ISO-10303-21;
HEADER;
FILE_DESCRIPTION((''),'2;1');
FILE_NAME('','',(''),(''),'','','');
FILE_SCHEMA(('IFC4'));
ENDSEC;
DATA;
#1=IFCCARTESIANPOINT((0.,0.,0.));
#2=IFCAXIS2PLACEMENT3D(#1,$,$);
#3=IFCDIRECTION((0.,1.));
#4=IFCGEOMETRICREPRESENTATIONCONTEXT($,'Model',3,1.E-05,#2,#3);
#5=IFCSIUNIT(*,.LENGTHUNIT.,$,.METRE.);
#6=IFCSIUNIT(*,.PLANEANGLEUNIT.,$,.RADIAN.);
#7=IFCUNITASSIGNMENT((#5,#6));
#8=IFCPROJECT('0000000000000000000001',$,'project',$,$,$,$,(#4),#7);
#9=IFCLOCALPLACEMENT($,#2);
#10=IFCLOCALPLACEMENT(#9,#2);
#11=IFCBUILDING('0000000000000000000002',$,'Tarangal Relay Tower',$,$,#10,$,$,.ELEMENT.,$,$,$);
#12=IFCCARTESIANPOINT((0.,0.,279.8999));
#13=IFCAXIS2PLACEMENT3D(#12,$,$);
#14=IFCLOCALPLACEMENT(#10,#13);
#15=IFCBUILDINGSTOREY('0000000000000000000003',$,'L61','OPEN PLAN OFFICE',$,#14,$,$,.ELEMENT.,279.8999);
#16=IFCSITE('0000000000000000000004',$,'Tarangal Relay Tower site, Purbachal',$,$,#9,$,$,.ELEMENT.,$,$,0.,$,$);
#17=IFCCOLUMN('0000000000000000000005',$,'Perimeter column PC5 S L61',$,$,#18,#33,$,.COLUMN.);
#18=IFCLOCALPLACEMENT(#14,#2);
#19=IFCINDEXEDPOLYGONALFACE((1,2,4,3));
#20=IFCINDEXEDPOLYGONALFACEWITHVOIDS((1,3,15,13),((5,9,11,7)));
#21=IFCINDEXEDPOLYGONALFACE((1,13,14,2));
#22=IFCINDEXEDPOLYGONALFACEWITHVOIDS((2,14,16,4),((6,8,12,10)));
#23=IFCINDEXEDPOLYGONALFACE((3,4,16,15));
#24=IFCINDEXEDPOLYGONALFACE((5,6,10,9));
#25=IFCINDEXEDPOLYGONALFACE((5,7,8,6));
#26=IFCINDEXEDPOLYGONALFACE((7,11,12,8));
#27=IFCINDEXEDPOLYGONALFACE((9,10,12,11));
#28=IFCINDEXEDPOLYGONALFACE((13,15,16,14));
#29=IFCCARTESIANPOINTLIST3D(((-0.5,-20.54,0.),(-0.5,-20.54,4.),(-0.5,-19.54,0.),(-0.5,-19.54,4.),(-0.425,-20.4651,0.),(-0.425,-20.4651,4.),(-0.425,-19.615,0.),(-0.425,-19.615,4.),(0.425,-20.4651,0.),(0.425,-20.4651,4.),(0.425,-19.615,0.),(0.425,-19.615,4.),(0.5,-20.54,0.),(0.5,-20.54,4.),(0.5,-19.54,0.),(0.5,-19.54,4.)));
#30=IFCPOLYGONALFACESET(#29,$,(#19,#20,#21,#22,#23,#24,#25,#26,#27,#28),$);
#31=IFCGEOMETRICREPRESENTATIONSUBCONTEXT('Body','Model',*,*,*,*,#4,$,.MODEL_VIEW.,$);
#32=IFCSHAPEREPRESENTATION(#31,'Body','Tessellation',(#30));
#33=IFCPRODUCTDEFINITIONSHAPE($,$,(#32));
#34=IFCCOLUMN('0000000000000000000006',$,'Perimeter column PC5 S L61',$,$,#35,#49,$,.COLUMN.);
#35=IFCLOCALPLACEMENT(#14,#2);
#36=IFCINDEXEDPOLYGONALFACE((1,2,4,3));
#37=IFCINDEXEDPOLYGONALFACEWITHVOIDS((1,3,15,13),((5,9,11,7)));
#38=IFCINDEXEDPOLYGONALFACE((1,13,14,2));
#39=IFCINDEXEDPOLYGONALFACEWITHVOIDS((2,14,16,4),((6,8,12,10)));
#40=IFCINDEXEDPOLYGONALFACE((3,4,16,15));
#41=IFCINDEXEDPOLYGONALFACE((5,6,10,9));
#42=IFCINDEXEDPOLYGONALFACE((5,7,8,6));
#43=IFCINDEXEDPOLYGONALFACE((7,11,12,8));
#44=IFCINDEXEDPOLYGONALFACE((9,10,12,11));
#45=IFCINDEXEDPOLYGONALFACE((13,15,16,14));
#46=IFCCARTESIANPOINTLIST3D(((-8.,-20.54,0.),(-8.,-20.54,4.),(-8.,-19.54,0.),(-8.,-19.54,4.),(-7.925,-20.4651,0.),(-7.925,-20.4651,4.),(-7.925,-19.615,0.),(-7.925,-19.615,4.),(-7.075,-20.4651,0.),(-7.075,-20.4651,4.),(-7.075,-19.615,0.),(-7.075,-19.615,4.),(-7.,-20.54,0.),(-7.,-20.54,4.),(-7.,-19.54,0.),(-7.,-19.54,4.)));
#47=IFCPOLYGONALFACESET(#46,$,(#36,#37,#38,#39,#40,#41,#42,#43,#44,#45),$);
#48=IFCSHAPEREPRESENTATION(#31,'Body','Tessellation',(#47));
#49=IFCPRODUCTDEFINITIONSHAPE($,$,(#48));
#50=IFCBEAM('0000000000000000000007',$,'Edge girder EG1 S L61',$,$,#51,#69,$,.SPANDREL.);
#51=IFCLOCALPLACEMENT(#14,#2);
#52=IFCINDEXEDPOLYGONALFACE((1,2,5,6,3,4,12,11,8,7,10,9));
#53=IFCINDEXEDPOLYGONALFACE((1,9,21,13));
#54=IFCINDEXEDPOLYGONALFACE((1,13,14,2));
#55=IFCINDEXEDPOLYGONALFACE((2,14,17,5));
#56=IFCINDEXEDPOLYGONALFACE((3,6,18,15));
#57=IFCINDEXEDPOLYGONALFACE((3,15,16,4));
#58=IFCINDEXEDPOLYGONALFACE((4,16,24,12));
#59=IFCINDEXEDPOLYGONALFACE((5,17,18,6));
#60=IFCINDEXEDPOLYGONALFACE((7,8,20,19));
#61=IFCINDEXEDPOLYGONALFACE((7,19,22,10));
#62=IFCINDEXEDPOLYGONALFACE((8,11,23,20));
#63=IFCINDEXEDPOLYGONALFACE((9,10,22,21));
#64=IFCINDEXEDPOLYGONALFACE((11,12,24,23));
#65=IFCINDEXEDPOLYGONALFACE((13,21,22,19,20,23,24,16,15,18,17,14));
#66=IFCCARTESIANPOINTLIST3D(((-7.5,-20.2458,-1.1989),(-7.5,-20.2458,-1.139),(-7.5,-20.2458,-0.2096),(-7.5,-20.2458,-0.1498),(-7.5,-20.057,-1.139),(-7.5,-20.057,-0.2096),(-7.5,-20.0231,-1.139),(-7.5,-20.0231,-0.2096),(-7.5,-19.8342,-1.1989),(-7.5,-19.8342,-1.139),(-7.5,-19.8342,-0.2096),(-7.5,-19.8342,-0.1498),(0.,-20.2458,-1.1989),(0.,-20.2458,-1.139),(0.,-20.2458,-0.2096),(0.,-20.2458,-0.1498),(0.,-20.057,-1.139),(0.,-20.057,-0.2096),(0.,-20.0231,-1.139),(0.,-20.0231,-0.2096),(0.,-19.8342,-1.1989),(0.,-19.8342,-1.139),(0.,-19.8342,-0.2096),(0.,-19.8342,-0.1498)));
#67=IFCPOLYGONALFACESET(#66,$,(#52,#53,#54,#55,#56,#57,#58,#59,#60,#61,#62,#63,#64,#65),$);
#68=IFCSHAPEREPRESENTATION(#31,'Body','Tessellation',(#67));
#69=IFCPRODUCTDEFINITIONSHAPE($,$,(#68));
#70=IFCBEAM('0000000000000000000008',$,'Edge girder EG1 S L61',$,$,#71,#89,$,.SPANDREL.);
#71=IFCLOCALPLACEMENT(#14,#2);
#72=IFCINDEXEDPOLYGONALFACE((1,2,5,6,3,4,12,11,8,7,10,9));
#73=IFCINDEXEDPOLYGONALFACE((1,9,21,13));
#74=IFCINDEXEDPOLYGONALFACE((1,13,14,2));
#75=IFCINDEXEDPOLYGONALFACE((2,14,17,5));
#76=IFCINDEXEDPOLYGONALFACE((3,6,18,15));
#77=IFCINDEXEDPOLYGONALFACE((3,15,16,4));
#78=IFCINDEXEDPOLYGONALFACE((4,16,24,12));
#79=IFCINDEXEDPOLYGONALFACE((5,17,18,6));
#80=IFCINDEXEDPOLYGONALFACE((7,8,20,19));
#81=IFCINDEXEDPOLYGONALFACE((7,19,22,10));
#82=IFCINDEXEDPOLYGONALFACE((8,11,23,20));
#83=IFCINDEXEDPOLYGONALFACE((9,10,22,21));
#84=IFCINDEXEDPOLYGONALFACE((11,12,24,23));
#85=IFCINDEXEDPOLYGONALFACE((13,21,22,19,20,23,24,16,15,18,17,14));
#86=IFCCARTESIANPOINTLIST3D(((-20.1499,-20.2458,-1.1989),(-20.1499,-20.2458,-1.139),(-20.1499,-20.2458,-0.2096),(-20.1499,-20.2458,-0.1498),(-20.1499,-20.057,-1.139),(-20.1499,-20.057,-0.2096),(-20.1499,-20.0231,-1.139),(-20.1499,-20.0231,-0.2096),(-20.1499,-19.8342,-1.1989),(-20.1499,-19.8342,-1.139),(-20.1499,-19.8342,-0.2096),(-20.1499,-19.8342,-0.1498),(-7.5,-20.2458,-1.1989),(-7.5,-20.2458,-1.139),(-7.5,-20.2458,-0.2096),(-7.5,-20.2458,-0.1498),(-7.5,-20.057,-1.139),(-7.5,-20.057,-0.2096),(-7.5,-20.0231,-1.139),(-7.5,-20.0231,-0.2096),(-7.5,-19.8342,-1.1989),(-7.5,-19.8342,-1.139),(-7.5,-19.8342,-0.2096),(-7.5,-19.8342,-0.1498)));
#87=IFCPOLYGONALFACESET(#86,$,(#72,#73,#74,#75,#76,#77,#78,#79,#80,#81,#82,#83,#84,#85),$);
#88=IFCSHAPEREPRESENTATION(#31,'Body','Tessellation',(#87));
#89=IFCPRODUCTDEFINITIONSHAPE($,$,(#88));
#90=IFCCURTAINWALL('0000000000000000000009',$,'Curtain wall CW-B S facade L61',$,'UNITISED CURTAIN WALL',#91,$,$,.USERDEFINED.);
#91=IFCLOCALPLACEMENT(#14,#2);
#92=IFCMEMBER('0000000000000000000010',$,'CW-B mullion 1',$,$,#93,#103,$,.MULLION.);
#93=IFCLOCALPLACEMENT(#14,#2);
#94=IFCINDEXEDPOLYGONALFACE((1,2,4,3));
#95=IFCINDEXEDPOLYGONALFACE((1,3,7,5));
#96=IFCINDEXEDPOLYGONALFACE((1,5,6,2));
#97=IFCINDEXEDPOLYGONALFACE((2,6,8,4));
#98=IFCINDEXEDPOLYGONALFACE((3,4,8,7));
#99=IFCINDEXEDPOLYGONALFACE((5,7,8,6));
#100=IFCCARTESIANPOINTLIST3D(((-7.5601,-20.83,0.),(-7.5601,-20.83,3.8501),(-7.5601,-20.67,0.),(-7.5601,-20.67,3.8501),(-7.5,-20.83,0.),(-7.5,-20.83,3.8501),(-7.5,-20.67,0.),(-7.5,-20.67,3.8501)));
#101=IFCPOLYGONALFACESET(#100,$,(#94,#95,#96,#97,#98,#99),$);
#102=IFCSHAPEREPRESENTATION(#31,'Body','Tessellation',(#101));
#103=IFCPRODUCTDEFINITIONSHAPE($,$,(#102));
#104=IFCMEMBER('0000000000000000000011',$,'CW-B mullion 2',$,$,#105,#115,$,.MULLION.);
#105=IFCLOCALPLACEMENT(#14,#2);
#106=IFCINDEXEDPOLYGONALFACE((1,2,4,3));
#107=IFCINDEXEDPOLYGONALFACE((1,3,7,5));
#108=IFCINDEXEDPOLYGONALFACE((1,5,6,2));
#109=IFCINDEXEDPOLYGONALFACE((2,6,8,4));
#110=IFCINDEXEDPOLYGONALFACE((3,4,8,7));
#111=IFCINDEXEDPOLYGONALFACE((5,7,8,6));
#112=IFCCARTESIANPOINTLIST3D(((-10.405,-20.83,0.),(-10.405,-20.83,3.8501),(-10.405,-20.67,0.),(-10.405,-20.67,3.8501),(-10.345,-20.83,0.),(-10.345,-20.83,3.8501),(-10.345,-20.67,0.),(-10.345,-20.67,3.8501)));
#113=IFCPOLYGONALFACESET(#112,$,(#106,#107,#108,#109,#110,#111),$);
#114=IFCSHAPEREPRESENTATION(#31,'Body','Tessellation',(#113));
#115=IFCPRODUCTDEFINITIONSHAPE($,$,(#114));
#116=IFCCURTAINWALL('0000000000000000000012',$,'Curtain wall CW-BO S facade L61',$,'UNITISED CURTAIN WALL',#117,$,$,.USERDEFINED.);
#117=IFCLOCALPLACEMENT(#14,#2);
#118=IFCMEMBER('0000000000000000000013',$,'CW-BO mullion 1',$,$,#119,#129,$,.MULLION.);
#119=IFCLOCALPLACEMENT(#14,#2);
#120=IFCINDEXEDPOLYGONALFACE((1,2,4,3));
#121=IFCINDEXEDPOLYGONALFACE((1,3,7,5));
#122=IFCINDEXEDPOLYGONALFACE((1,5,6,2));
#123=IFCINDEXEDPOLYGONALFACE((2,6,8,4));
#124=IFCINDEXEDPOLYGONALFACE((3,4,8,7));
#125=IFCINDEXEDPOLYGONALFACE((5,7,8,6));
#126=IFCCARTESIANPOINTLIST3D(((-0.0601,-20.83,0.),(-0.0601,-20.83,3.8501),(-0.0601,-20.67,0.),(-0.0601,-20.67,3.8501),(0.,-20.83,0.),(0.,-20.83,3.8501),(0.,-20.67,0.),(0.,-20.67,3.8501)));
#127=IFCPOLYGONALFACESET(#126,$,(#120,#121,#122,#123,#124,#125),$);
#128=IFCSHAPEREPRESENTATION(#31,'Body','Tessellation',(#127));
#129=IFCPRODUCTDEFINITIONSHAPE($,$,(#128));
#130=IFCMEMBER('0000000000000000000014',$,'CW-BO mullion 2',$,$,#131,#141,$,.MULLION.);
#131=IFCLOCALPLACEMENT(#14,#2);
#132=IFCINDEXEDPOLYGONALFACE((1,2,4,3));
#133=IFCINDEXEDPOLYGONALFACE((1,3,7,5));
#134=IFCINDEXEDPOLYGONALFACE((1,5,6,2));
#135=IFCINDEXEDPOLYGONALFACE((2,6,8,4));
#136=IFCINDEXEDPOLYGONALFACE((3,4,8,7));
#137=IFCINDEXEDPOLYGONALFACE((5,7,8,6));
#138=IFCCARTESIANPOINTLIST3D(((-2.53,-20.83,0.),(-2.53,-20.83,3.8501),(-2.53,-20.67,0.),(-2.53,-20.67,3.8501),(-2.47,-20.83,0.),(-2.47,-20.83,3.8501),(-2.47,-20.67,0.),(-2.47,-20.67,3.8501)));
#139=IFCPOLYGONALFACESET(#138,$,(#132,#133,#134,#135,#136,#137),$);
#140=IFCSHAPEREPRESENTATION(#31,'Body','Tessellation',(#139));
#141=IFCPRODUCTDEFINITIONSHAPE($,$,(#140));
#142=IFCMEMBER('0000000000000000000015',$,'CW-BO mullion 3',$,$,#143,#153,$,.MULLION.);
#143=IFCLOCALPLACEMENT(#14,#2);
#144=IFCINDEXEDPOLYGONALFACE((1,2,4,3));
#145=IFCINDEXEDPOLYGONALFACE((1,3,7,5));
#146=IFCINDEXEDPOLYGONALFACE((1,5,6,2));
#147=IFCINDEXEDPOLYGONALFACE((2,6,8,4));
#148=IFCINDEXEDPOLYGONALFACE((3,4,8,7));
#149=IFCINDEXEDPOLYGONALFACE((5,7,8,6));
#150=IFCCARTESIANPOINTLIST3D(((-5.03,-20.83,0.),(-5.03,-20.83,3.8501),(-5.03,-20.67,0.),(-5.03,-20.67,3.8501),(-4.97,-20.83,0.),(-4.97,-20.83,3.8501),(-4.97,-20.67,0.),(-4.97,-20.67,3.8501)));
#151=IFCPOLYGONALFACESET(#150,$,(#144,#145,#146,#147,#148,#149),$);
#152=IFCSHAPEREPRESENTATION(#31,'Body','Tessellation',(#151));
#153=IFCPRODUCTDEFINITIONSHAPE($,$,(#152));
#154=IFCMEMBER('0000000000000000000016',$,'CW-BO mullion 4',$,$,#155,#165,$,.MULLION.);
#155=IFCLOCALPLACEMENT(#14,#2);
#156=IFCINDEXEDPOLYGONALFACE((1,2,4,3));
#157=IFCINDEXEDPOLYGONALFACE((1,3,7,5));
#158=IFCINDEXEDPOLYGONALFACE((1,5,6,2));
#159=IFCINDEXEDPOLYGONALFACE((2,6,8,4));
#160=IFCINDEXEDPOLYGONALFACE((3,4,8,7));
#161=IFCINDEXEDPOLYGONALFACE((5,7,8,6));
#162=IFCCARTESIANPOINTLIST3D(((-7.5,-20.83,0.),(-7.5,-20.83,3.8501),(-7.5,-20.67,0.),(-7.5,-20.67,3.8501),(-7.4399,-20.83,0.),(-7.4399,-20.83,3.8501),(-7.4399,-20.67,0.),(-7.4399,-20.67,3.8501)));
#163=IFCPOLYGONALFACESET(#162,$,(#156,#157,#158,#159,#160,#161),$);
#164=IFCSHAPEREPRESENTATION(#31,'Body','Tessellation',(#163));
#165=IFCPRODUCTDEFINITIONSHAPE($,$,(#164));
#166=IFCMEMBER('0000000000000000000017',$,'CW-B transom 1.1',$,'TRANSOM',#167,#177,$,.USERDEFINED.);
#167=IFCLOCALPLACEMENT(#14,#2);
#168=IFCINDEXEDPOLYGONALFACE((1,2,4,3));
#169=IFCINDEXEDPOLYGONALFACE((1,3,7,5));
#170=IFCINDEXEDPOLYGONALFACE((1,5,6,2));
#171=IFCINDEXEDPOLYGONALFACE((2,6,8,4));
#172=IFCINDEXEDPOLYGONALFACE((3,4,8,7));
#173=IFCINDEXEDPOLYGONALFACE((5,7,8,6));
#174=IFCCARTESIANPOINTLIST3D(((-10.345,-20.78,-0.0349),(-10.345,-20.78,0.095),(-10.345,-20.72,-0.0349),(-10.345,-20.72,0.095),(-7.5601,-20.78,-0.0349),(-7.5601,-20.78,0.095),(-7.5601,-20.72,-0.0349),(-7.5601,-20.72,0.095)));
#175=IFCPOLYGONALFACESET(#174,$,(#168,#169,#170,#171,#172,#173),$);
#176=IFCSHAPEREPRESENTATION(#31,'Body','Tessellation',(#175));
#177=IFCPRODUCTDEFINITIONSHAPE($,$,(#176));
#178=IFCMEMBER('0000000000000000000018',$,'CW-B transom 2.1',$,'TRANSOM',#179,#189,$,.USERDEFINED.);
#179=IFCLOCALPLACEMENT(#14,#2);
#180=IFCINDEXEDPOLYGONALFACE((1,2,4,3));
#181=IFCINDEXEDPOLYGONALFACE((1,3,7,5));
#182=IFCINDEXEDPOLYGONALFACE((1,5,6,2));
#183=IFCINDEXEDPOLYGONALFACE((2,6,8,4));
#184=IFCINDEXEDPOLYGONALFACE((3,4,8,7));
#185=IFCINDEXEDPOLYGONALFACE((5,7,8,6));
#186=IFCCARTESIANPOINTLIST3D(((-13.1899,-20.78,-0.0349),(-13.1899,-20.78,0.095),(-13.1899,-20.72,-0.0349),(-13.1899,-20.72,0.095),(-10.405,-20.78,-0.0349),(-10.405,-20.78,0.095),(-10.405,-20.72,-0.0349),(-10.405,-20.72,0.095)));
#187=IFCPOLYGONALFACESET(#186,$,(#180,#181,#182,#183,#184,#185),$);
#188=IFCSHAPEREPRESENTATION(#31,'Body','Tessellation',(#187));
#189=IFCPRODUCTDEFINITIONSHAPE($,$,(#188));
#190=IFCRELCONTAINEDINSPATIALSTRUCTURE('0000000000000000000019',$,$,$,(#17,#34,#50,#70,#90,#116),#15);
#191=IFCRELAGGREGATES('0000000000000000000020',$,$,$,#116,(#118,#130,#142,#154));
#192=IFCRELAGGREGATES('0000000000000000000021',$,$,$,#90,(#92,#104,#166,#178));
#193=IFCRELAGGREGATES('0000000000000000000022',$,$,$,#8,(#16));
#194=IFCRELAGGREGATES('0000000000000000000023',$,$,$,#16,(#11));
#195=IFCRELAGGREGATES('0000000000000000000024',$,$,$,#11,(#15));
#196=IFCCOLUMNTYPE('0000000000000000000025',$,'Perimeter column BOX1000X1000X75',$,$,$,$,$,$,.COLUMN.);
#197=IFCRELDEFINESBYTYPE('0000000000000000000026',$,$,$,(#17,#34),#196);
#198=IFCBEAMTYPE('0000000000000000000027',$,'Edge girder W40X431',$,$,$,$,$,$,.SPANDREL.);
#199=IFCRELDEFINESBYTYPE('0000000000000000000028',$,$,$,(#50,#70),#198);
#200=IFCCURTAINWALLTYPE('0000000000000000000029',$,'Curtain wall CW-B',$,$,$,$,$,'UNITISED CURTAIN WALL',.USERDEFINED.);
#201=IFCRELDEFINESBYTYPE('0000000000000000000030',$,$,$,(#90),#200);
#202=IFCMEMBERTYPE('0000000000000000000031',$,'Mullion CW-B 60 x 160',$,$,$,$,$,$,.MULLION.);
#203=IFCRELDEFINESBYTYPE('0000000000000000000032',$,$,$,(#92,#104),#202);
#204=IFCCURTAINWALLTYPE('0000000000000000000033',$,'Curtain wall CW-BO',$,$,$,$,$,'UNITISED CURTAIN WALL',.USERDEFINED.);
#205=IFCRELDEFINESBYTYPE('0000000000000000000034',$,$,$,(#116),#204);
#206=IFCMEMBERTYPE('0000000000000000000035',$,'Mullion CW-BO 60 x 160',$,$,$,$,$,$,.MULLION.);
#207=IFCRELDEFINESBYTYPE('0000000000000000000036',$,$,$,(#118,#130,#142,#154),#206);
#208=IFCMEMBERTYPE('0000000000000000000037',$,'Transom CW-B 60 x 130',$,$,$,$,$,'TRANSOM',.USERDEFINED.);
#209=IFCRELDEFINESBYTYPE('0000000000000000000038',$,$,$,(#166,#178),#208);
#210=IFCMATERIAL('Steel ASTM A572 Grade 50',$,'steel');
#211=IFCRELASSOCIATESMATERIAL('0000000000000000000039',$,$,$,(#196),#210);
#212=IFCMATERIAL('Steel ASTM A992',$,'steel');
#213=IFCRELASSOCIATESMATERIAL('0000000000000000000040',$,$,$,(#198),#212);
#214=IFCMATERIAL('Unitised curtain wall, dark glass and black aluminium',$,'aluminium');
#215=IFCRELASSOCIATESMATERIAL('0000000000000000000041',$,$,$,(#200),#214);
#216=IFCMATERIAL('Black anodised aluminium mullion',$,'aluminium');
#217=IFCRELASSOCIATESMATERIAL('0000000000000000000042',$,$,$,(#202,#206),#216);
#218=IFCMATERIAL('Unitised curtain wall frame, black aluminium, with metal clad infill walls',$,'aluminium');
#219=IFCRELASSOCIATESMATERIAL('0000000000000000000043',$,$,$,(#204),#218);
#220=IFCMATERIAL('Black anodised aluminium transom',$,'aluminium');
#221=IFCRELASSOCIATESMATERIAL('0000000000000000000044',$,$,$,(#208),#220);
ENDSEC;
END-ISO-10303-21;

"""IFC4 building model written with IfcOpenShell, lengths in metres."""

from ifc_helpers import new_model, si_unit, direction, frame, origin, origin_2d, place, context, subcontext, project, spatial, rectangle, hollow_rectangle, i_section, extrude, material, material_profile, profile_set, type_object, element, aggregate, save


model = new_model("IFC4")

# Units and contexts
model_context = context("Model", 3, precision=1e-05, world=origin(), true_north=direction((0.0, 1.0)))
body_context = subcontext(model_context, "Body", "Model", "MODEL_VIEW")
ifc_project = project(units=[si_unit("LENGTHUNIT", "METRE"), si_unit("PLANEANGLEUNIT", "RADIAN")], contexts=[model_context])

# Site, building, storey
site_placement = place(None, origin())
site = spatial("IfcSite", under=ifc_project, at=site_placement, Name="Tarangal Relay Tower site, Purbachal", CompositionType="ELEMENT", RefElevation=0.0)
building_placement = place(site_placement, origin())
building = spatial("IfcBuilding", under=site, at=building_placement, Name="Tarangal Relay Tower", CompositionType="ELEMENT")
storey_placement = place(building_placement, frame((0.0, 0.0, 279.8999)))
storey = spatial("IfcBuildingStorey", under=building, at=storey_placement, Name="L61", Description="OPEN PLAN OFFICE", CompositionType="ELEMENT", Elevation=279.8999)

# Columns
ifc_material_1 = material(Name="Steel ASTM A572 Grade 50", Category="steel")
ifc_material_profile_1 = material_profile(ifc_material_1, hollow_rectangle(XDim=1.0, YDim=1.0, WallThickness=0.075, at=origin_2d()), Name="BOX1000X1000X75")
ifc_profile_set_1 = profile_set([ifc_material_profile_1], Name="Steel ASTM A572 Grade 50")
column_type = type_object("IfcColumnType", Name="Perimeter column BOX1000X1000X75", PredefinedType="COLUMN", material=ifc_profile_set_1)
for number, where, z_axis, x_axis, name in (
    (1, (0.0, -20.04, 0.0), (0.0, 0.0, 1.0), (1.0, 0.0, 0.0), "Perimeter column PC5 S L61"),
    (2, (-7.5, -20.04, 0.0), (0.0, 0.0, 1.0), (1.0, 0.0, 0.0), "Perimeter column PC5 S L61"),
):
    element("IfcColumn", number, at=place(storey_placement, frame(where, z_axis=z_axis, x_axis=x_axis)), inside=storey, type_object=column_type, Name=name, PredefinedType="COLUMN", context=body_context, shape_type="SweptSolid", body=[
        extrude(hollow_rectangle(XDim=1.0, YDim=1.0, WallThickness=0.075, at=origin_2d()), origin(), (0.0, 0.0, 1.0), 4.0),
    ])

# Beams
ifc_material_2 = material(Name="Steel ASTM A992", Category="steel")
ifc_material_profile_2 = material_profile(ifc_material_2, i_section(OverallWidth=0.4116, OverallDepth=1.0491, WebThickness=0.0339, FlangeThickness=0.0598, at=origin_2d()), Name="W40X431")
ifc_profile_set_2 = profile_set([ifc_material_profile_2], Name="Steel ASTM A992")
beam_type = type_object("IfcBeamType", Name="Edge girder W40X431", PredefinedType="SPANDREL", material=ifc_profile_set_2)
beam_1_placement = place(storey_placement, frame((0.0, -20.04, -0.6743), z_axis=(-1.0, 0.0, 0.0), x_axis=(0.0, -1.0, 0.0)))
element("IfcBeam", 3, at=beam_1_placement, inside=storey, type_object=beam_type, Name="Edge girder EG1 S L61", PredefinedType="SPANDREL", context=body_context, shape_type="SweptSolid", body=[
    extrude(i_section(OverallWidth=0.4116, OverallDepth=1.0491, WebThickness=0.0339, FlangeThickness=0.0598, at=origin_2d()), origin(), (0.0, 0.0, 1.0), 7.5),
])
beam_2_placement = place(storey_placement, frame((-7.5, -20.04, -0.6743), z_axis=(-1.0, 0.0, 0.0), x_axis=(0.0, -1.0, 0.0)))
element("IfcBeam", 4, at=beam_2_placement, inside=storey, type_object=beam_type, Name="Edge girder EG1 S L61", PredefinedType="SPANDREL", context=body_context, shape_type="SweptSolid", body=[
    extrude(i_section(OverallWidth=0.4116, OverallDepth=1.0491, WebThickness=0.0339, FlangeThickness=0.0598, at=origin_2d()), origin(), (0.0, 0.0, 1.0), 12.6499),
])

# Curtain walls, members
ifc_material_3 = material(Name="Unitised curtain wall, dark glass and black aluminium", Category="aluminium")
curtain_wall_type_1 = type_object("IfcCurtainWallType", Name="Curtain wall CW-B", ElementType="UNITISED CURTAIN WALL", PredefinedType="USERDEFINED", material=ifc_material_3)
curtain_wall_1_placement = place(storey_placement, origin())
curtain_wall_1 = element("IfcCurtainWall", 5, at=curtain_wall_1_placement, inside=storey, type_object=curtain_wall_type_1, Name="Curtain wall CW-B S facade L61", ObjectType="UNITISED CURTAIN WALL", PredefinedType="USERDEFINED")
ifc_material_4 = material(Name="Black anodised aluminium mullion", Category="aluminium")
ifc_material_profile_3 = material_profile(ifc_material_4, rectangle(XDim=0.1599, YDim=0.0601, at=origin_2d()), Name="CW-BM 60X160")
ifc_profile_set_3 = profile_set([ifc_material_profile_3], Name="Black anodised aluminium mullion")
member_type_1 = type_object("IfcMemberType", Name="Mullion CW-B 60 x 160", PredefinedType="MULLION", material=ifc_profile_set_3)
member_1_placement = place(storey_placement, frame((-7.53, -20.75, 0.0), z_axis=(0.0, 0.0, 1.0), x_axis=(0.0, -1.0, 0.0)))
member_1 = element("IfcMember", 6, at=member_1_placement, type_object=member_type_1, Name="CW-B mullion 1", PredefinedType="MULLION", context=body_context, shape_type="SweptSolid", body=[
    extrude(rectangle(XDim=0.1599, YDim=0.0601, at=origin_2d()), origin(), (0.0, 0.0, 1.0), 3.8501),
])
member_2_placement = place(storey_placement, frame((-10.375, -20.75, 0.0), z_axis=(0.0, 0.0, 1.0), x_axis=(0.0, -1.0, 0.0)))
member_2 = element("IfcMember", 7, at=member_2_placement, type_object=member_type_1, Name="CW-B mullion 2", PredefinedType="MULLION", context=body_context, shape_type="SweptSolid", body=[
    extrude(rectangle(XDim=0.1599, YDim=0.0601, at=origin_2d()), origin(), (0.0, 0.0, 1.0), 3.8501),
])
ifc_material_5 = material(Name="Unitised curtain wall frame, black aluminium, with metal clad infill walls", Category="aluminium")
curtain_wall_type_2 = type_object("IfcCurtainWallType", Name="Curtain wall CW-BO", ElementType="UNITISED CURTAIN WALL", PredefinedType="USERDEFINED", material=ifc_material_5)
curtain_wall_2_placement = place(storey_placement, origin())
curtain_wall_2 = element("IfcCurtainWall", 8, at=curtain_wall_2_placement, inside=storey, type_object=curtain_wall_type_2, Name="Curtain wall CW-BO S facade L61", ObjectType="UNITISED CURTAIN WALL", PredefinedType="USERDEFINED")
ifc_material_profile_4 = material_profile(ifc_material_4, rectangle(XDim=0.1599, YDim=0.0601, at=origin_2d()), Name="CW-BOM 60X160")
ifc_profile_set_4 = profile_set([ifc_material_profile_4], Name="Black anodised aluminium mullion")
member_type_2 = type_object("IfcMemberType", Name="Mullion CW-BO 60 x 160", PredefinedType="MULLION", material=ifc_profile_set_4)
member_3_placement = place(storey_placement, frame((-0.03, -20.75, 0.0), z_axis=(0.0, 0.0, 1.0), x_axis=(0.0, -1.0, 0.0)))
member_3 = element("IfcMember", 9, at=member_3_placement, type_object=member_type_2, Name="CW-BO mullion 1", PredefinedType="MULLION", context=body_context, shape_type="SweptSolid", body=[
    extrude(rectangle(XDim=0.1599, YDim=0.0601, at=origin_2d()), origin(), (0.0, 0.0, 1.0), 3.8501),
])
member_4_placement = place(storey_placement, frame((-2.5, -20.75, 0.0), z_axis=(0.0, 0.0, 1.0), x_axis=(0.0, -1.0, 0.0)))
member_4 = element("IfcMember", 10, at=member_4_placement, type_object=member_type_2, Name="CW-BO mullion 2", PredefinedType="MULLION", context=body_context, shape_type="SweptSolid", body=[
    extrude(rectangle(XDim=0.1599, YDim=0.0601, at=origin_2d()), origin(), (0.0, 0.0, 1.0), 3.8501),
])
member_5_placement = place(storey_placement, frame((-5.0, -20.75, 0.0), z_axis=(0.0, 0.0, 1.0), x_axis=(0.0, -1.0, 0.0)))
member_5 = element("IfcMember", 11, at=member_5_placement, type_object=member_type_2, Name="CW-BO mullion 3", PredefinedType="MULLION", context=body_context, shape_type="SweptSolid", body=[
    extrude(rectangle(XDim=0.1599, YDim=0.0601, at=origin_2d()), origin(), (0.0, 0.0, 1.0), 3.8501),
])
member_6_placement = place(storey_placement, frame((-7.47, -20.75, 0.0), z_axis=(0.0, 0.0, 1.0), x_axis=(0.0, -1.0, 0.0)))
member_6 = element("IfcMember", 12, at=member_6_placement, type_object=member_type_2, Name="CW-BO mullion 4", PredefinedType="MULLION", context=body_context, shape_type="SweptSolid", body=[
    extrude(rectangle(XDim=0.1599, YDim=0.0601, at=origin_2d()), origin(), (0.0, 0.0, 1.0), 3.8501),
])

# Members
ifc_material_6 = material(Name="Black anodised aluminium transom", Category="aluminium")
ifc_material_profile_5 = material_profile(ifc_material_6, rectangle(XDim=0.0601, YDim=0.1299, at=origin_2d()), Name="CW-BT 60X130")
ifc_profile_set_5 = profile_set([ifc_material_profile_5], Name="Black anodised aluminium transom")
member_type_3 = type_object("IfcMemberType", Name="Transom CW-B 60 x 130", ElementType="TRANSOM", PredefinedType="USERDEFINED", material=ifc_profile_set_5)
member_7_placement = place(storey_placement, frame((-7.5601, -20.75, 0.03), z_axis=(-1.0, 0.0, 0.0), x_axis=(0.0, -1.0, 0.0)))
member_7 = element("IfcMember", 13, at=member_7_placement, type_object=member_type_3, Name="CW-B transom 1.1", ObjectType="TRANSOM", PredefinedType="USERDEFINED", context=body_context, shape_type="SweptSolid", body=[
    extrude(rectangle(XDim=0.0601, YDim=0.1299, at=origin_2d()), origin(), (0.0, 0.0, 1.0), 2.7849),
])
member_8_placement = place(storey_placement, frame((-10.405, -20.75, 0.03), z_axis=(-1.0, 0.0, 0.0), x_axis=(0.0, -1.0, 0.0)))
member_8 = element("IfcMember", 14, at=member_8_placement, type_object=member_type_3, Name="CW-B transom 2.1", ObjectType="TRANSOM", PredefinedType="USERDEFINED", context=body_context, shape_type="SweptSolid", body=[
    extrude(rectangle(XDim=0.0601, YDim=0.1299, at=origin_2d()), origin(), (0.0, 0.0, 1.0), 2.7849),
])
aggregate(curtain_wall_2, [member_3, member_4, member_5, member_6])

aggregate(curtain_wall_1, [member_1, member_2, member_7, member_8])

save(model, "model.ifc")
